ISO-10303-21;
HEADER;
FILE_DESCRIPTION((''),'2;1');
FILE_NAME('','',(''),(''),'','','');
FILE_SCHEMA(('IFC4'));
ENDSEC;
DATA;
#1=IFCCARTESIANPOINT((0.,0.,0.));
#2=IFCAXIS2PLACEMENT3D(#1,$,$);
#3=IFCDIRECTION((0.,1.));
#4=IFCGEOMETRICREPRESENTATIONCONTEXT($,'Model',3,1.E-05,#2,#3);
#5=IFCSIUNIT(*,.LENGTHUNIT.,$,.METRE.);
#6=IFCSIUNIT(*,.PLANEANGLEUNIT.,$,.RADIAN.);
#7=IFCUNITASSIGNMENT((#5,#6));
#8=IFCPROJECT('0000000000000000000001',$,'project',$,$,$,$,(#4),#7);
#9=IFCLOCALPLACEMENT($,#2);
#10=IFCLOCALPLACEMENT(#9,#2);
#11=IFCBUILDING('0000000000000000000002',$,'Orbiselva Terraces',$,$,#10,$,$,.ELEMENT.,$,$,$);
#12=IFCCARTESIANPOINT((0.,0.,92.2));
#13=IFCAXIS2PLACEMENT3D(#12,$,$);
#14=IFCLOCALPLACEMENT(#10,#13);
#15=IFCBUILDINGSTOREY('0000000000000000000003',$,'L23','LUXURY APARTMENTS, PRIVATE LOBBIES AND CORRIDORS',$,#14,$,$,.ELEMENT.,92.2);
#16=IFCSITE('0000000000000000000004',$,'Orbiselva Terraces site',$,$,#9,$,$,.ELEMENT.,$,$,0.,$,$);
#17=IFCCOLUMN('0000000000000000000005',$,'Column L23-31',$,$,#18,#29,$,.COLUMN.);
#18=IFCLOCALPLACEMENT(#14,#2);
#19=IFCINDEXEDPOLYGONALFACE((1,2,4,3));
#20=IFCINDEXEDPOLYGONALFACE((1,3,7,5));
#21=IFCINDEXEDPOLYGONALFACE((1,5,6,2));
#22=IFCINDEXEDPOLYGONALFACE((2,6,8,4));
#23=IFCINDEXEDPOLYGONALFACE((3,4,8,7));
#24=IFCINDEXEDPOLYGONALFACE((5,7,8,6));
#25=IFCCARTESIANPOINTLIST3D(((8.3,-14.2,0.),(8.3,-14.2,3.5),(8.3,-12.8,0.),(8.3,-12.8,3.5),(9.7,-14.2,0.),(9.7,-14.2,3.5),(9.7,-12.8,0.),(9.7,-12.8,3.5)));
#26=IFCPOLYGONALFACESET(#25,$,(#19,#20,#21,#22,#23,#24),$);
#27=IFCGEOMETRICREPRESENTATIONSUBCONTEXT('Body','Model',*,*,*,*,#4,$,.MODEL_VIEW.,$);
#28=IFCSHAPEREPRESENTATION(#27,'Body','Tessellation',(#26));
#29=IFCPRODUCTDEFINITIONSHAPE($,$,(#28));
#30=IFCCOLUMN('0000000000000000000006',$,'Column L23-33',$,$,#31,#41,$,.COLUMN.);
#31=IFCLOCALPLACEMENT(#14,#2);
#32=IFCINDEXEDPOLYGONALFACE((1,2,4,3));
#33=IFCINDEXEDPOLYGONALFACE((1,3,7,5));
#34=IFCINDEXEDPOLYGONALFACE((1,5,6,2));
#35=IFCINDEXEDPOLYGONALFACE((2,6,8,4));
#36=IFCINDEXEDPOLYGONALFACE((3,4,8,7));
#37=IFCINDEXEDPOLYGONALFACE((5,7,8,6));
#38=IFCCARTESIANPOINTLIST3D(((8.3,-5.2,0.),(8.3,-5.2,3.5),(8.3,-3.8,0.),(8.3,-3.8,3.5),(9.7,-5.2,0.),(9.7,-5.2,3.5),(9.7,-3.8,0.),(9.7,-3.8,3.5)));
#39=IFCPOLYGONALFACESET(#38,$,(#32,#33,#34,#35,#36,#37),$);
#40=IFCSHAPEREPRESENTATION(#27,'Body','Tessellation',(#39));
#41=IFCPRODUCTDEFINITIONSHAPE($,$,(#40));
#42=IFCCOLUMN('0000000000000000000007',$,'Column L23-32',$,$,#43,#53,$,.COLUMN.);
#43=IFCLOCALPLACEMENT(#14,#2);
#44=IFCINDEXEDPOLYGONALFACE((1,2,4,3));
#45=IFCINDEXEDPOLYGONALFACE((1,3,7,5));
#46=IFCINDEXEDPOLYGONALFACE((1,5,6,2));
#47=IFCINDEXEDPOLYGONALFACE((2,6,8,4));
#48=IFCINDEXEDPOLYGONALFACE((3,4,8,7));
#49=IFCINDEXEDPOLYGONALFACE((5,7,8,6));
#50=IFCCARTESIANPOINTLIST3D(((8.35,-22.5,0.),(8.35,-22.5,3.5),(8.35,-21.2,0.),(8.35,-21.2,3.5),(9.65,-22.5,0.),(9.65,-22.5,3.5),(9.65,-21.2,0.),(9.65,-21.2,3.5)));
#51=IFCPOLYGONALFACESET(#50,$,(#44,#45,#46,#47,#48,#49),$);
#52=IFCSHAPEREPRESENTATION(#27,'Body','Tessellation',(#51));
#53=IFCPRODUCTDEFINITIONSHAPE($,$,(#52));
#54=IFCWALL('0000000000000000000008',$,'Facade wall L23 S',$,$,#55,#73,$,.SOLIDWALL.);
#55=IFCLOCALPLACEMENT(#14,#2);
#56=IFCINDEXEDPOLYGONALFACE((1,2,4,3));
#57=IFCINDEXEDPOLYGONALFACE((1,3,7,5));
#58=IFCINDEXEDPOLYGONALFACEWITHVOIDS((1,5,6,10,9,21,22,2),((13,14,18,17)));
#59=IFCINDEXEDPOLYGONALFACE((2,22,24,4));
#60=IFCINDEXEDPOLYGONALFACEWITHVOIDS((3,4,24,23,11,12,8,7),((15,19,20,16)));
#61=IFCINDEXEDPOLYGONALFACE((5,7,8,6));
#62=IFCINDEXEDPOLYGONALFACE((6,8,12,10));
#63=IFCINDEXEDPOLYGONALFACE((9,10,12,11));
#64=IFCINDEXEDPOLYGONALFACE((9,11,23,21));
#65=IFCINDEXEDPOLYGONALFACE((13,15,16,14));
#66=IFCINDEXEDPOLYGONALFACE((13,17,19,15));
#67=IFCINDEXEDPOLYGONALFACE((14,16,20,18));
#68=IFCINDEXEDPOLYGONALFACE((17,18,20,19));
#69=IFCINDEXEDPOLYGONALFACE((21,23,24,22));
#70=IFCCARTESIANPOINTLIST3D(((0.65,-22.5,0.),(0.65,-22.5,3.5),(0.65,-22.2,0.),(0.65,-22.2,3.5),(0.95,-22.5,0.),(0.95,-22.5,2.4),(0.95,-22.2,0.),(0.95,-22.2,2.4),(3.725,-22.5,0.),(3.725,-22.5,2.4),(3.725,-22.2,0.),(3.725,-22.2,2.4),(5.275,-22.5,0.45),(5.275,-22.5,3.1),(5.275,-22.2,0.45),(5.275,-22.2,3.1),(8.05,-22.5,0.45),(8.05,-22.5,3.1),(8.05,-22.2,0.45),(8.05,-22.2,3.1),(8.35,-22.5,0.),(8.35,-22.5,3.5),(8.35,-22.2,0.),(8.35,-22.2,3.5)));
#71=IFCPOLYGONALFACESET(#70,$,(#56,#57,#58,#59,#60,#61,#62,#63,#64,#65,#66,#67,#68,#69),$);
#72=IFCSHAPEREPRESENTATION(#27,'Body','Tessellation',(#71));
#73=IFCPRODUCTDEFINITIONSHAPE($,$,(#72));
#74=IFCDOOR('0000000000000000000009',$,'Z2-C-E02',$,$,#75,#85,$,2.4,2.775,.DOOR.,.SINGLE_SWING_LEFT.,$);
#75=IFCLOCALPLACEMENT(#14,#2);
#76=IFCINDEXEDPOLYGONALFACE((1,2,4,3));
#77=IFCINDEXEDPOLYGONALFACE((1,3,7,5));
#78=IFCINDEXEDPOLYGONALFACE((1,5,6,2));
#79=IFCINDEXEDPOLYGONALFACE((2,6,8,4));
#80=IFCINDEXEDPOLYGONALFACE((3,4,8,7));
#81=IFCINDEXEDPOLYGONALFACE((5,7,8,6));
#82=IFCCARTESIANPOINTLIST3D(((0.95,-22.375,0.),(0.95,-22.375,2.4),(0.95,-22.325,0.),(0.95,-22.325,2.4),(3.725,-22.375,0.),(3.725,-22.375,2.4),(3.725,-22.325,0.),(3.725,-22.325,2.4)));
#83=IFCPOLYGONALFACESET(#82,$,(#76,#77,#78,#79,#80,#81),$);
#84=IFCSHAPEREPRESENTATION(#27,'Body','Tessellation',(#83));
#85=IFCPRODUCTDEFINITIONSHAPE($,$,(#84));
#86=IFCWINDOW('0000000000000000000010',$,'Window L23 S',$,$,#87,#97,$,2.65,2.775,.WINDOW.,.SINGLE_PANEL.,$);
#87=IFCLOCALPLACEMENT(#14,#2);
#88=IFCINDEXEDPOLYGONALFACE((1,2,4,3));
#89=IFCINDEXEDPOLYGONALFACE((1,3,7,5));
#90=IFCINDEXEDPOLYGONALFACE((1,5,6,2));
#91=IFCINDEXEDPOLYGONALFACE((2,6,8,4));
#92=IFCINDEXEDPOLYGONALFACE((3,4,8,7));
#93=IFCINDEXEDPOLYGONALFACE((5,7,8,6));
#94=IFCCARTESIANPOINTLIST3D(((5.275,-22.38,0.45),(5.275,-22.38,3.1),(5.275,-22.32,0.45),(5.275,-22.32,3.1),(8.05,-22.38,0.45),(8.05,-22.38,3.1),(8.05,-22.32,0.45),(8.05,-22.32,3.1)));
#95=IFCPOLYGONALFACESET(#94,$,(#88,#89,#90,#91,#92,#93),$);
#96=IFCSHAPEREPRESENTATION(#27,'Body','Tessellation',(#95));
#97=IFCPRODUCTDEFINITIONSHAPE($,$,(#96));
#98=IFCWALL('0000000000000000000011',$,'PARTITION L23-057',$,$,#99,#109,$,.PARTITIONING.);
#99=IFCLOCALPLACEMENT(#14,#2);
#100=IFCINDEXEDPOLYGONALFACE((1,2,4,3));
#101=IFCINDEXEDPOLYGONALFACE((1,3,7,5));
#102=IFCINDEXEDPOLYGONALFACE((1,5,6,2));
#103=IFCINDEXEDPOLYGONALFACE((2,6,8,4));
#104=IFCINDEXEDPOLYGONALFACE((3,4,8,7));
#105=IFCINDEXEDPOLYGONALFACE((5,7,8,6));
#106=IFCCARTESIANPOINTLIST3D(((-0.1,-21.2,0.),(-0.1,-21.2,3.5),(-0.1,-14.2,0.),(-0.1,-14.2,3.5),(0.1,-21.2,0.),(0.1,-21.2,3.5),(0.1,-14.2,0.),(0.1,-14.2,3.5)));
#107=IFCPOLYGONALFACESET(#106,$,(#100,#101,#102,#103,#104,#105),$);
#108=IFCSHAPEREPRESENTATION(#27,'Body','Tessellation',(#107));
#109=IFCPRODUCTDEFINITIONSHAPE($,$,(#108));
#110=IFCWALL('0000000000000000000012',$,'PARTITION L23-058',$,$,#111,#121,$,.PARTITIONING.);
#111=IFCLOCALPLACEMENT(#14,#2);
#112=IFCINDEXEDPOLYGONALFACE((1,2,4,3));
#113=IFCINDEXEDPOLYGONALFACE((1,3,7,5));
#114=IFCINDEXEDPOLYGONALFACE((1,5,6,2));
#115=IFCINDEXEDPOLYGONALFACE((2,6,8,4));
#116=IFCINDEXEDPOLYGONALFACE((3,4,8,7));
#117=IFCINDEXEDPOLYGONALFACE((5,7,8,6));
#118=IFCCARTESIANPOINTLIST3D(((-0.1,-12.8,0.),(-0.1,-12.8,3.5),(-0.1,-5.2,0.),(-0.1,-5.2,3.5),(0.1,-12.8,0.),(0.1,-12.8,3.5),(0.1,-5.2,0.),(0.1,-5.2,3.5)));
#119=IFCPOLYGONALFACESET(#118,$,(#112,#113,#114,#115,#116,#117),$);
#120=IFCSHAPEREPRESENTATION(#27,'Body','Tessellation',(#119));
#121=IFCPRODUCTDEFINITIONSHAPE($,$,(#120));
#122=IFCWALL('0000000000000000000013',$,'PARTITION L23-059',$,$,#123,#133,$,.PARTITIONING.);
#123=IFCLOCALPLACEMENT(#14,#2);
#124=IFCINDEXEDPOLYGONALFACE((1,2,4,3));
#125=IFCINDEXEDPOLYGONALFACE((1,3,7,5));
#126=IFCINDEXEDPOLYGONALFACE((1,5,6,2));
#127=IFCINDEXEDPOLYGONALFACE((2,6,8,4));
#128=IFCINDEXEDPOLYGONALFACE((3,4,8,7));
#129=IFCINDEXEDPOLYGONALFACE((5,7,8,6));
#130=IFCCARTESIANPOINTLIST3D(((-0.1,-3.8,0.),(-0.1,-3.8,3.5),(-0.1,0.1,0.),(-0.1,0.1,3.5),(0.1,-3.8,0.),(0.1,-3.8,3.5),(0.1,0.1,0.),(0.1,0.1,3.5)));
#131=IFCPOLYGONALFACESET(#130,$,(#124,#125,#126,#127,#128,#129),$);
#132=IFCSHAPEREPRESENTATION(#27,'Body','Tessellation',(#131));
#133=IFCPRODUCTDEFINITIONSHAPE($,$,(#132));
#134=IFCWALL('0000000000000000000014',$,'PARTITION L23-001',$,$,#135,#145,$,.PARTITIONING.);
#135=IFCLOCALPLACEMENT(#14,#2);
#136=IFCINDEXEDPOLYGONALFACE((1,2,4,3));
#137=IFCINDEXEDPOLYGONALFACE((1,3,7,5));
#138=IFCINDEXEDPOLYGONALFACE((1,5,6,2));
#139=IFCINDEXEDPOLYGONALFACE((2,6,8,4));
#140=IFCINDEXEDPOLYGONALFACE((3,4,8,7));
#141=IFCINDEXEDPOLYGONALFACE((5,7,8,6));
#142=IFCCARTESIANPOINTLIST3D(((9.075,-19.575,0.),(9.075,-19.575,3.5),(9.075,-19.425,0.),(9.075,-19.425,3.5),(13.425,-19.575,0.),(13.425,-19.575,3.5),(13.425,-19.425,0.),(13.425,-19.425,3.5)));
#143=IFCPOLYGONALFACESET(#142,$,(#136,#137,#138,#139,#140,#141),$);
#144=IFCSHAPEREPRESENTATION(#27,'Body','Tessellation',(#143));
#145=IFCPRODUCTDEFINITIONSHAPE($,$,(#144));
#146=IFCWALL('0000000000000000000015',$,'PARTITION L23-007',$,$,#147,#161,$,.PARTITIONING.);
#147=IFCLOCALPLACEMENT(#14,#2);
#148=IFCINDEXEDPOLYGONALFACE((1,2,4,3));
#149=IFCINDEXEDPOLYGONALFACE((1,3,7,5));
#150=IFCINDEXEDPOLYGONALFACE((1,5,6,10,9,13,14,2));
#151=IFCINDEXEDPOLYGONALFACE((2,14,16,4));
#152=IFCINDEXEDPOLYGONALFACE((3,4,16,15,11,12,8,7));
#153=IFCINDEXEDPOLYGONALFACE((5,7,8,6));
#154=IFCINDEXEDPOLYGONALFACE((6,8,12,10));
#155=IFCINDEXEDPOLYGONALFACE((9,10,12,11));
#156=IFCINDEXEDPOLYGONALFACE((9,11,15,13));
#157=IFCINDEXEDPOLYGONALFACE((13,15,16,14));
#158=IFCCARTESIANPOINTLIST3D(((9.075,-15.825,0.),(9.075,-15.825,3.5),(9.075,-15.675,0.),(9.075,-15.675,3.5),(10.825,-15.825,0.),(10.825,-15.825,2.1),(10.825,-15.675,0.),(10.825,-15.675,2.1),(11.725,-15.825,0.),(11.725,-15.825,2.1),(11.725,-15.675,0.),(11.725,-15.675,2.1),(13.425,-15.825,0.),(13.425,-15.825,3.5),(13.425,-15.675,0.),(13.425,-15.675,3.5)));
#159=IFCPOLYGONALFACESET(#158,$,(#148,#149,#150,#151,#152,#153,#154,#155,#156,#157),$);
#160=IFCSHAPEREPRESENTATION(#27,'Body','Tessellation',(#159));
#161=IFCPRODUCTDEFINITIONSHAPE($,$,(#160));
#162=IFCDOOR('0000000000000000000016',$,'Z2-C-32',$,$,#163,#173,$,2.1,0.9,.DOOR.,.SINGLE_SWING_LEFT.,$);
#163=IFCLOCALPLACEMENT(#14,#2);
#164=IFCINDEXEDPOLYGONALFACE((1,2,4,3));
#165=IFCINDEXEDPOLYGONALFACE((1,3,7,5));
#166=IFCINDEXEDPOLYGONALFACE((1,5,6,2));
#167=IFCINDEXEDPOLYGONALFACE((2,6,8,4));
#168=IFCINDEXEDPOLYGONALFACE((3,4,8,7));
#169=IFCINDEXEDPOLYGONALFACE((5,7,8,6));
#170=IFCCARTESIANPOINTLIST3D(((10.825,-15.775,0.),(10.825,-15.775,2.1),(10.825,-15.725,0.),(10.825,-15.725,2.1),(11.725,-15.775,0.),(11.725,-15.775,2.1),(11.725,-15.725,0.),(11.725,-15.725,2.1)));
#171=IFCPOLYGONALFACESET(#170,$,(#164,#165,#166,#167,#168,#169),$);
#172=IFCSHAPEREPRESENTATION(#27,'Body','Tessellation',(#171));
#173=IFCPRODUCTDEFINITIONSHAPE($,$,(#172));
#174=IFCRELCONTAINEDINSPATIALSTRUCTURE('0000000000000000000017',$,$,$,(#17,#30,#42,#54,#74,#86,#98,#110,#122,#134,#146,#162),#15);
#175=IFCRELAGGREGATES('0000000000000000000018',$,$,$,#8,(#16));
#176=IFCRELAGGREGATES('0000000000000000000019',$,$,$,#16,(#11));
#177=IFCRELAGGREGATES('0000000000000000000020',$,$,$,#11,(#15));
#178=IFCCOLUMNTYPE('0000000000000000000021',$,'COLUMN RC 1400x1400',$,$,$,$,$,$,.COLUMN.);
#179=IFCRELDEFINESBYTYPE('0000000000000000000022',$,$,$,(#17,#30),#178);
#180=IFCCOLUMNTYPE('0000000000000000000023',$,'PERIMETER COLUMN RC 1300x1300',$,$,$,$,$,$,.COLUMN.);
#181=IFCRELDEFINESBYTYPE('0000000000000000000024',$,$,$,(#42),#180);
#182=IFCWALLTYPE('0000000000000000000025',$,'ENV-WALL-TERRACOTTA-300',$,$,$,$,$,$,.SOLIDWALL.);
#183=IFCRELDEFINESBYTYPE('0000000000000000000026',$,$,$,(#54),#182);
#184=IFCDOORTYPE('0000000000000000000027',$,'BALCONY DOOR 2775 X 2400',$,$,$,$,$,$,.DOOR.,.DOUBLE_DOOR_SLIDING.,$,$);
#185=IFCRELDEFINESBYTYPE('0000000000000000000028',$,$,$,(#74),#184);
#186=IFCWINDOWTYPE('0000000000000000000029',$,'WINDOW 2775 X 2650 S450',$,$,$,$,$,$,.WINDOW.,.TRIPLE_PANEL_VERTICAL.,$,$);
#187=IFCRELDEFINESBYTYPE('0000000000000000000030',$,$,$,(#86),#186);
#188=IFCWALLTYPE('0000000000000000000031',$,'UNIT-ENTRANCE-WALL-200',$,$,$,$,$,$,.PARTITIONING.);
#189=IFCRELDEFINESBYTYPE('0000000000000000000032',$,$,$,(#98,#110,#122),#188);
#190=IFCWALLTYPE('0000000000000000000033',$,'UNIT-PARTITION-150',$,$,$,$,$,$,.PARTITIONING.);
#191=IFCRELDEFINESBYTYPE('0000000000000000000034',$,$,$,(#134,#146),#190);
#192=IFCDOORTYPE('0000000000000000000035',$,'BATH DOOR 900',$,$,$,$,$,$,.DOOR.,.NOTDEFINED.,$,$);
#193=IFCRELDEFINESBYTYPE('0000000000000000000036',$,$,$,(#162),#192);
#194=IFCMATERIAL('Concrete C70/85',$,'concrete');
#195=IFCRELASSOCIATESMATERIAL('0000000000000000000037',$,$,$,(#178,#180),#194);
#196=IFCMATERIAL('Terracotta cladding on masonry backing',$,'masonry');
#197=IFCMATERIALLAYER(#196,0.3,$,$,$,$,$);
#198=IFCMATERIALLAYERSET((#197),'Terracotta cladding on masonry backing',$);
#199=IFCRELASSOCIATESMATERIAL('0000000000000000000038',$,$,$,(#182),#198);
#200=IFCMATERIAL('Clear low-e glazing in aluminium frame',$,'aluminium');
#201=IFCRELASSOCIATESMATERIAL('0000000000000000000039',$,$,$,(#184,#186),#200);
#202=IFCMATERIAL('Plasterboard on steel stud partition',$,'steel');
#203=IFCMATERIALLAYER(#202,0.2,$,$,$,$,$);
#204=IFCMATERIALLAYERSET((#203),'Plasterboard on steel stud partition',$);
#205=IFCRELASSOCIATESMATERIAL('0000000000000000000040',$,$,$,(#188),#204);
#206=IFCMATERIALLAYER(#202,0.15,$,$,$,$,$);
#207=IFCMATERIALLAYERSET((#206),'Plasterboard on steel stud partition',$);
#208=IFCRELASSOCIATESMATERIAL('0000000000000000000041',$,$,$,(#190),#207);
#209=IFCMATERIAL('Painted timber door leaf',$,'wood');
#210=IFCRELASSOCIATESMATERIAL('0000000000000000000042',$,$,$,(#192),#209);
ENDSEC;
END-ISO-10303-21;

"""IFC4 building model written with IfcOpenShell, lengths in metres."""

from ifc_helpers import new_model, si_unit, direction, frame, frame_2d, origin, origin_2d, place, context, subcontext, project, spatial, rectangle, extrude, material, layer, layer_set, material_profile, profile_set, type_object, element, fill, save


model = new_model("IFC4")

# Units and contexts
model_context = context("Model", 3, precision=1e-05, world=origin(), true_north=direction((0.0, 1.0)))
body_context = subcontext(model_context, "Body", "Model", "MODEL_VIEW")
ifc_project = project(units=[si_unit("LENGTHUNIT", "METRE"), si_unit("PLANEANGLEUNIT", "RADIAN")], contexts=[model_context])

# Site, building, storey
site_placement = place(None, origin())
site = spatial("IfcSite", under=ifc_project, at=site_placement, Name="Orbiselva Terraces site", CompositionType="ELEMENT", RefElevation=0.0)
building_placement = place(site_placement, origin())
building = spatial("IfcBuilding", under=site, at=building_placement, Name="Orbiselva Terraces", CompositionType="ELEMENT")
storey_placement = place(building_placement, frame((0.0, 0.0, 92.2)))
storey = spatial("IfcBuildingStorey", under=building, at=storey_placement, Name="L23", Description="LUXURY APARTMENTS, PRIVATE LOBBIES AND CORRIDORS", CompositionType="ELEMENT", Elevation=92.2)

# Columns
ifc_material_1 = material(Name="Concrete C70/85", Category="concrete")
ifc_material_profile_1 = material_profile(ifc_material_1, rectangle(XDim=1.4, YDim=1.4, at=origin_2d()), Name="RC 1400x1400")
ifc_profile_set_1 = profile_set([ifc_material_profile_1], Name="Concrete C70/85")
column_type_1 = type_object("IfcColumnType", Name="COLUMN RC 1400x1400", PredefinedType="COLUMN", material=ifc_profile_set_1)
for number, where, z_axis, x_axis, name in (
    (1, (9.0, -13.5, 0.0), (0.0, 0.0, 1.0), (1.0, 0.0, 0.0), "Column L23-31"),
    (2, (9.0, -4.5, 0.0), (0.0, 0.0, 1.0), (1.0, 0.0, 0.0), "Column L23-33"),
):
    element("IfcColumn", number, at=place(storey_placement, frame(where, z_axis=z_axis, x_axis=x_axis)), inside=storey, type_object=column_type_1, Name=name, PredefinedType="COLUMN", context=body_context, shape_type="SweptSolid", body=[
        extrude(rectangle(XDim=1.4, YDim=1.4, at=origin_2d()), origin(), (0.0, 0.0, 1.0), 3.5),
    ])
ifc_material_profile_2 = material_profile(ifc_material_1, rectangle(XDim=1.3, YDim=1.3, at=origin_2d()), Name="RC 1300x1300")
ifc_profile_set_2 = profile_set([ifc_material_profile_2], Name="Concrete C70/85")
column_type_2 = type_object("IfcColumnType", Name="PERIMETER COLUMN RC 1300x1300", PredefinedType="COLUMN", material=ifc_profile_set_2)
column_placement = place(storey_placement, frame((9.0, -21.85, 0.0), z_axis=(0.0, 0.0, 1.0), x_axis=(1.0, 0.0, 0.0)))
element("IfcColumn", 3, at=column_placement, inside=storey, type_object=column_type_2, Name="Column L23-32", PredefinedType="COLUMN", context=body_context, shape_type="SweptSolid", body=[
    extrude(rectangle(XDim=1.3, YDim=1.3, at=origin_2d()), origin(), (0.0, 0.0, 1.0), 3.5),
])

# Wall, openings, door, window
ifc_material_2 = material(Name="Terracotta cladding on masonry backing", Category="masonry")
ifc_layer_1 = layer(ifc_material_2, 0.3)
ifc_layer_set_1 = layer_set([ifc_layer_1], Name="Terracotta cladding on masonry backing")
wall_type_1 = type_object("IfcWallType", Name="ENV-WALL-TERRACOTTA-300", PredefinedType="SOLIDWALL", material=ifc_layer_set_1)
wall_1_placement = place(storey_placement, frame((8.35, -22.35, 0.0), z_axis=(0.0, 0.0, 1.0), x_axis=(-1.0, 0.0, 0.0)))
wall_1 = element("IfcWall", 4, at=wall_1_placement, inside=storey, type_object=wall_type_1, Name="Facade wall L23 S", PredefinedType="SOLIDWALL", context=body_context, shape_type="SweptSolid", body=[
    extrude(rectangle(XDim=7.7, YDim=0.3, at=frame_2d((3.85, 0.0))), origin(), (0.0, 0.0, 1.0), 3.5),
])
opening_1_placement = place(wall_1_placement, frame((4.625, 0.0, 0.0)))
opening_1 = element("IfcOpeningElement", 5, at=opening_1_placement, cuts=wall_1, PredefinedType="OPENING", context=body_context, shape_type="SweptSolid", body=[
    extrude(rectangle(XDim=2.775, YDim=2.4, at=frame_2d((1.3875, 1.2))), frame((0.0, 0.16, 0.0), z_axis=(0.0, -1.0, 0.0), x_axis=(1.0, 0.0, 0.0)), (0.0, 0.0, 1.0), 0.32),
])
opening_2_placement = place(wall_1_placement, frame((0.3, 0.0, 0.45)))
opening_2 = element("IfcOpeningElement", 6, at=opening_2_placement, cuts=wall_1, PredefinedType="OPENING", context=body_context, shape_type="SweptSolid", body=[
    extrude(rectangle(XDim=2.775, YDim=2.65, at=frame_2d((1.3875, 1.325))), frame((0.0, 0.16, 0.0), z_axis=(0.0, -1.0, 0.0), x_axis=(1.0, 0.0, 0.0)), (0.0, 0.0, 1.0), 0.32),
])
ifc_material_3 = material(Name="Clear low-e glazing in aluminium frame", Category="aluminium")
door_type_1 = type_object("IfcDoorType", Name="BALCONY DOOR 2775 X 2400", OperationType="DOUBLE_DOOR_SLIDING", PredefinedType="DOOR", material=ifc_material_3)
door_1_placement = place(opening_1_placement, origin())
door_1 = element("IfcDoor", 7, at=door_1_placement, inside=storey, type_object=door_type_1, Name="Z2-C-E02", OperationType="SINGLE_SWING_LEFT", OverallHeight=2.4, OverallWidth=2.775, PredefinedType="DOOR", context=body_context, shape_type="SweptSolid", body=[
    extrude(rectangle(XDim=2.775, YDim=2.4, at=frame_2d((1.3875, 1.2))), frame((0.0, 0.025, 0.0), z_axis=(0.0, -1.0, 0.0), x_axis=(1.0, 0.0, 0.0)), (0.0, 0.0, 1.0), 0.05),
])
fill(opening_1, door_1)
window_type = type_object("IfcWindowType", Name="WINDOW 2775 X 2650 S450", PartitioningType="TRIPLE_PANEL_VERTICAL", PredefinedType="WINDOW", material=ifc_material_3)
window_placement = place(opening_2_placement, origin())
window = element("IfcWindow", 8, at=window_placement, inside=storey, type_object=window_type, Name="Window L23 S", OverallHeight=2.65, OverallWidth=2.775, PartitioningType="SINGLE_PANEL", PredefinedType="WINDOW", context=body_context, shape_type="SweptSolid", body=[
    extrude(rectangle(XDim=2.775, YDim=2.65, at=frame_2d((1.3875, 1.325))), frame((0.0, 0.03, 0.0), z_axis=(0.0, -1.0, 0.0), x_axis=(1.0, 0.0, 0.0)), (0.0, 0.0, 1.0), 0.06),
])
fill(opening_2, window)

# Walls
ifc_material_4 = material(Name="Plasterboard on steel stud partition", Category="steel")
ifc_layer_2 = layer(ifc_material_4, 0.2)
ifc_layer_set_2 = layer_set([ifc_layer_2], Name="Plasterboard on steel stud partition")
wall_type_2 = type_object("IfcWallType", Name="UNIT-ENTRANCE-WALL-200", PredefinedType="PARTITIONING", material=ifc_layer_set_2)
wall_2_placement = place(storey_placement, frame((0.0, -21.2, 0.0), z_axis=(0.0, 0.0, 1.0), x_axis=(0.0, 1.0, 0.0)))
element("IfcWall", 9, at=wall_2_placement, inside=storey, type_object=wall_type_2, Name="PARTITION L23-057", PredefinedType="PARTITIONING", context=body_context, shape_type="SweptSolid", body=[
    extrude(rectangle(XDim=7.0, YDim=0.2, at=frame_2d((3.5, 0.0))), origin(), (0.0, 0.0, 1.0), 3.5),
])
wall_3_placement = place(storey_placement, frame((0.0, -12.8, 0.0), z_axis=(0.0, 0.0, 1.0), x_axis=(0.0, 1.0, 0.0)))
element("IfcWall", 10, at=wall_3_placement, inside=storey, type_object=wall_type_2, Name="PARTITION L23-058", PredefinedType="PARTITIONING", context=body_context, shape_type="SweptSolid", body=[
    extrude(rectangle(XDim=7.6, YDim=0.2, at=frame_2d((3.8, 0.0))), origin(), (0.0, 0.0, 1.0), 3.5),
])
wall_4_placement = place(storey_placement, frame((0.0, -3.8, 0.0), z_axis=(0.0, 0.0, 1.0), x_axis=(0.0, 1.0, 0.0)))
element("IfcWall", 11, at=wall_4_placement, inside=storey, type_object=wall_type_2, Name="PARTITION L23-059", PredefinedType="PARTITIONING", context=body_context, shape_type="SweptSolid", body=[
    extrude(rectangle(XDim=3.9, YDim=0.2, at=frame_2d((1.95, 0.0))), origin(), (0.0, 0.0, 1.0), 3.5),
])
ifc_layer_3 = layer(ifc_material_4, 0.15)
ifc_layer_set_3 = layer_set([ifc_layer_3], Name="Plasterboard on steel stud partition")
wall_type_3 = type_object("IfcWallType", Name="UNIT-PARTITION-150", PredefinedType="PARTITIONING", material=ifc_layer_set_3)
wall_5_placement = place(storey_placement, frame((9.075, -19.5, 0.0), z_axis=(0.0, 0.0, 1.0), x_axis=(1.0, 0.0, 0.0)))
element("IfcWall", 12, at=wall_5_placement, inside=storey, type_object=wall_type_3, Name="PARTITION L23-001", PredefinedType="PARTITIONING", context=body_context, shape_type="SweptSolid", body=[
    extrude(rectangle(XDim=4.35, YDim=0.15, at=frame_2d((2.175, 0.0))), origin(), (0.0, 0.0, 1.0), 3.5),
])

# Wall, opening, door
wall_6_placement = place(storey_placement, frame((13.425, -15.75, 0.0), z_axis=(0.0, 0.0, 1.0), x_axis=(-1.0, 0.0, 0.0)))
wall_6 = element("IfcWall", 13, at=wall_6_placement, inside=storey, type_object=wall_type_3, Name="PARTITION L23-007", PredefinedType="PARTITIONING", context=body_context, shape_type="SweptSolid", body=[
    extrude(rectangle(XDim=4.35, YDim=0.15, at=frame_2d((2.175, 0.0))), origin(), (0.0, 0.0, 1.0), 3.5),
])
opening_3_placement = place(wall_6_placement, frame((1.7, 0.0, 0.0)))
opening_3 = element("IfcOpeningElement", 14, at=opening_3_placement, cuts=wall_6, PredefinedType="OPENING", context=body_context, shape_type="SweptSolid", body=[
    extrude(rectangle(XDim=0.9, YDim=2.1, at=frame_2d((0.45, 1.05))), frame((0.0, 0.085, 0.0), z_axis=(0.0, -1.0, 0.0), x_axis=(1.0, 0.0, 0.0)), (0.0, 0.0, 1.0), 0.17),
])
ifc_material_5 = material(Name="Painted timber door leaf", Category="wood")
door_type_2 = type_object("IfcDoorType", Name="BATH DOOR 900", OperationType="NOTDEFINED", PredefinedType="DOOR", material=ifc_material_5)
door_2_placement = place(opening_3_placement, origin())
door_2 = element("IfcDoor", 15, at=door_2_placement, inside=storey, type_object=door_type_2, Name="Z2-C-32", OperationType="SINGLE_SWING_LEFT", OverallHeight=2.1, OverallWidth=0.9, PredefinedType="DOOR", context=body_context, shape_type="SweptSolid", body=[
    extrude(rectangle(XDim=0.9, YDim=2.1, at=frame_2d((0.45, 1.05))), frame((0.0, 0.025, 0.0), z_axis=(0.0, -1.0, 0.0), x_axis=(1.0, 0.0, 0.0)), (0.0, 0.0, 1.0), 0.05),
])
fill(opening_3, door_2)

save(model, "model.ifc")
